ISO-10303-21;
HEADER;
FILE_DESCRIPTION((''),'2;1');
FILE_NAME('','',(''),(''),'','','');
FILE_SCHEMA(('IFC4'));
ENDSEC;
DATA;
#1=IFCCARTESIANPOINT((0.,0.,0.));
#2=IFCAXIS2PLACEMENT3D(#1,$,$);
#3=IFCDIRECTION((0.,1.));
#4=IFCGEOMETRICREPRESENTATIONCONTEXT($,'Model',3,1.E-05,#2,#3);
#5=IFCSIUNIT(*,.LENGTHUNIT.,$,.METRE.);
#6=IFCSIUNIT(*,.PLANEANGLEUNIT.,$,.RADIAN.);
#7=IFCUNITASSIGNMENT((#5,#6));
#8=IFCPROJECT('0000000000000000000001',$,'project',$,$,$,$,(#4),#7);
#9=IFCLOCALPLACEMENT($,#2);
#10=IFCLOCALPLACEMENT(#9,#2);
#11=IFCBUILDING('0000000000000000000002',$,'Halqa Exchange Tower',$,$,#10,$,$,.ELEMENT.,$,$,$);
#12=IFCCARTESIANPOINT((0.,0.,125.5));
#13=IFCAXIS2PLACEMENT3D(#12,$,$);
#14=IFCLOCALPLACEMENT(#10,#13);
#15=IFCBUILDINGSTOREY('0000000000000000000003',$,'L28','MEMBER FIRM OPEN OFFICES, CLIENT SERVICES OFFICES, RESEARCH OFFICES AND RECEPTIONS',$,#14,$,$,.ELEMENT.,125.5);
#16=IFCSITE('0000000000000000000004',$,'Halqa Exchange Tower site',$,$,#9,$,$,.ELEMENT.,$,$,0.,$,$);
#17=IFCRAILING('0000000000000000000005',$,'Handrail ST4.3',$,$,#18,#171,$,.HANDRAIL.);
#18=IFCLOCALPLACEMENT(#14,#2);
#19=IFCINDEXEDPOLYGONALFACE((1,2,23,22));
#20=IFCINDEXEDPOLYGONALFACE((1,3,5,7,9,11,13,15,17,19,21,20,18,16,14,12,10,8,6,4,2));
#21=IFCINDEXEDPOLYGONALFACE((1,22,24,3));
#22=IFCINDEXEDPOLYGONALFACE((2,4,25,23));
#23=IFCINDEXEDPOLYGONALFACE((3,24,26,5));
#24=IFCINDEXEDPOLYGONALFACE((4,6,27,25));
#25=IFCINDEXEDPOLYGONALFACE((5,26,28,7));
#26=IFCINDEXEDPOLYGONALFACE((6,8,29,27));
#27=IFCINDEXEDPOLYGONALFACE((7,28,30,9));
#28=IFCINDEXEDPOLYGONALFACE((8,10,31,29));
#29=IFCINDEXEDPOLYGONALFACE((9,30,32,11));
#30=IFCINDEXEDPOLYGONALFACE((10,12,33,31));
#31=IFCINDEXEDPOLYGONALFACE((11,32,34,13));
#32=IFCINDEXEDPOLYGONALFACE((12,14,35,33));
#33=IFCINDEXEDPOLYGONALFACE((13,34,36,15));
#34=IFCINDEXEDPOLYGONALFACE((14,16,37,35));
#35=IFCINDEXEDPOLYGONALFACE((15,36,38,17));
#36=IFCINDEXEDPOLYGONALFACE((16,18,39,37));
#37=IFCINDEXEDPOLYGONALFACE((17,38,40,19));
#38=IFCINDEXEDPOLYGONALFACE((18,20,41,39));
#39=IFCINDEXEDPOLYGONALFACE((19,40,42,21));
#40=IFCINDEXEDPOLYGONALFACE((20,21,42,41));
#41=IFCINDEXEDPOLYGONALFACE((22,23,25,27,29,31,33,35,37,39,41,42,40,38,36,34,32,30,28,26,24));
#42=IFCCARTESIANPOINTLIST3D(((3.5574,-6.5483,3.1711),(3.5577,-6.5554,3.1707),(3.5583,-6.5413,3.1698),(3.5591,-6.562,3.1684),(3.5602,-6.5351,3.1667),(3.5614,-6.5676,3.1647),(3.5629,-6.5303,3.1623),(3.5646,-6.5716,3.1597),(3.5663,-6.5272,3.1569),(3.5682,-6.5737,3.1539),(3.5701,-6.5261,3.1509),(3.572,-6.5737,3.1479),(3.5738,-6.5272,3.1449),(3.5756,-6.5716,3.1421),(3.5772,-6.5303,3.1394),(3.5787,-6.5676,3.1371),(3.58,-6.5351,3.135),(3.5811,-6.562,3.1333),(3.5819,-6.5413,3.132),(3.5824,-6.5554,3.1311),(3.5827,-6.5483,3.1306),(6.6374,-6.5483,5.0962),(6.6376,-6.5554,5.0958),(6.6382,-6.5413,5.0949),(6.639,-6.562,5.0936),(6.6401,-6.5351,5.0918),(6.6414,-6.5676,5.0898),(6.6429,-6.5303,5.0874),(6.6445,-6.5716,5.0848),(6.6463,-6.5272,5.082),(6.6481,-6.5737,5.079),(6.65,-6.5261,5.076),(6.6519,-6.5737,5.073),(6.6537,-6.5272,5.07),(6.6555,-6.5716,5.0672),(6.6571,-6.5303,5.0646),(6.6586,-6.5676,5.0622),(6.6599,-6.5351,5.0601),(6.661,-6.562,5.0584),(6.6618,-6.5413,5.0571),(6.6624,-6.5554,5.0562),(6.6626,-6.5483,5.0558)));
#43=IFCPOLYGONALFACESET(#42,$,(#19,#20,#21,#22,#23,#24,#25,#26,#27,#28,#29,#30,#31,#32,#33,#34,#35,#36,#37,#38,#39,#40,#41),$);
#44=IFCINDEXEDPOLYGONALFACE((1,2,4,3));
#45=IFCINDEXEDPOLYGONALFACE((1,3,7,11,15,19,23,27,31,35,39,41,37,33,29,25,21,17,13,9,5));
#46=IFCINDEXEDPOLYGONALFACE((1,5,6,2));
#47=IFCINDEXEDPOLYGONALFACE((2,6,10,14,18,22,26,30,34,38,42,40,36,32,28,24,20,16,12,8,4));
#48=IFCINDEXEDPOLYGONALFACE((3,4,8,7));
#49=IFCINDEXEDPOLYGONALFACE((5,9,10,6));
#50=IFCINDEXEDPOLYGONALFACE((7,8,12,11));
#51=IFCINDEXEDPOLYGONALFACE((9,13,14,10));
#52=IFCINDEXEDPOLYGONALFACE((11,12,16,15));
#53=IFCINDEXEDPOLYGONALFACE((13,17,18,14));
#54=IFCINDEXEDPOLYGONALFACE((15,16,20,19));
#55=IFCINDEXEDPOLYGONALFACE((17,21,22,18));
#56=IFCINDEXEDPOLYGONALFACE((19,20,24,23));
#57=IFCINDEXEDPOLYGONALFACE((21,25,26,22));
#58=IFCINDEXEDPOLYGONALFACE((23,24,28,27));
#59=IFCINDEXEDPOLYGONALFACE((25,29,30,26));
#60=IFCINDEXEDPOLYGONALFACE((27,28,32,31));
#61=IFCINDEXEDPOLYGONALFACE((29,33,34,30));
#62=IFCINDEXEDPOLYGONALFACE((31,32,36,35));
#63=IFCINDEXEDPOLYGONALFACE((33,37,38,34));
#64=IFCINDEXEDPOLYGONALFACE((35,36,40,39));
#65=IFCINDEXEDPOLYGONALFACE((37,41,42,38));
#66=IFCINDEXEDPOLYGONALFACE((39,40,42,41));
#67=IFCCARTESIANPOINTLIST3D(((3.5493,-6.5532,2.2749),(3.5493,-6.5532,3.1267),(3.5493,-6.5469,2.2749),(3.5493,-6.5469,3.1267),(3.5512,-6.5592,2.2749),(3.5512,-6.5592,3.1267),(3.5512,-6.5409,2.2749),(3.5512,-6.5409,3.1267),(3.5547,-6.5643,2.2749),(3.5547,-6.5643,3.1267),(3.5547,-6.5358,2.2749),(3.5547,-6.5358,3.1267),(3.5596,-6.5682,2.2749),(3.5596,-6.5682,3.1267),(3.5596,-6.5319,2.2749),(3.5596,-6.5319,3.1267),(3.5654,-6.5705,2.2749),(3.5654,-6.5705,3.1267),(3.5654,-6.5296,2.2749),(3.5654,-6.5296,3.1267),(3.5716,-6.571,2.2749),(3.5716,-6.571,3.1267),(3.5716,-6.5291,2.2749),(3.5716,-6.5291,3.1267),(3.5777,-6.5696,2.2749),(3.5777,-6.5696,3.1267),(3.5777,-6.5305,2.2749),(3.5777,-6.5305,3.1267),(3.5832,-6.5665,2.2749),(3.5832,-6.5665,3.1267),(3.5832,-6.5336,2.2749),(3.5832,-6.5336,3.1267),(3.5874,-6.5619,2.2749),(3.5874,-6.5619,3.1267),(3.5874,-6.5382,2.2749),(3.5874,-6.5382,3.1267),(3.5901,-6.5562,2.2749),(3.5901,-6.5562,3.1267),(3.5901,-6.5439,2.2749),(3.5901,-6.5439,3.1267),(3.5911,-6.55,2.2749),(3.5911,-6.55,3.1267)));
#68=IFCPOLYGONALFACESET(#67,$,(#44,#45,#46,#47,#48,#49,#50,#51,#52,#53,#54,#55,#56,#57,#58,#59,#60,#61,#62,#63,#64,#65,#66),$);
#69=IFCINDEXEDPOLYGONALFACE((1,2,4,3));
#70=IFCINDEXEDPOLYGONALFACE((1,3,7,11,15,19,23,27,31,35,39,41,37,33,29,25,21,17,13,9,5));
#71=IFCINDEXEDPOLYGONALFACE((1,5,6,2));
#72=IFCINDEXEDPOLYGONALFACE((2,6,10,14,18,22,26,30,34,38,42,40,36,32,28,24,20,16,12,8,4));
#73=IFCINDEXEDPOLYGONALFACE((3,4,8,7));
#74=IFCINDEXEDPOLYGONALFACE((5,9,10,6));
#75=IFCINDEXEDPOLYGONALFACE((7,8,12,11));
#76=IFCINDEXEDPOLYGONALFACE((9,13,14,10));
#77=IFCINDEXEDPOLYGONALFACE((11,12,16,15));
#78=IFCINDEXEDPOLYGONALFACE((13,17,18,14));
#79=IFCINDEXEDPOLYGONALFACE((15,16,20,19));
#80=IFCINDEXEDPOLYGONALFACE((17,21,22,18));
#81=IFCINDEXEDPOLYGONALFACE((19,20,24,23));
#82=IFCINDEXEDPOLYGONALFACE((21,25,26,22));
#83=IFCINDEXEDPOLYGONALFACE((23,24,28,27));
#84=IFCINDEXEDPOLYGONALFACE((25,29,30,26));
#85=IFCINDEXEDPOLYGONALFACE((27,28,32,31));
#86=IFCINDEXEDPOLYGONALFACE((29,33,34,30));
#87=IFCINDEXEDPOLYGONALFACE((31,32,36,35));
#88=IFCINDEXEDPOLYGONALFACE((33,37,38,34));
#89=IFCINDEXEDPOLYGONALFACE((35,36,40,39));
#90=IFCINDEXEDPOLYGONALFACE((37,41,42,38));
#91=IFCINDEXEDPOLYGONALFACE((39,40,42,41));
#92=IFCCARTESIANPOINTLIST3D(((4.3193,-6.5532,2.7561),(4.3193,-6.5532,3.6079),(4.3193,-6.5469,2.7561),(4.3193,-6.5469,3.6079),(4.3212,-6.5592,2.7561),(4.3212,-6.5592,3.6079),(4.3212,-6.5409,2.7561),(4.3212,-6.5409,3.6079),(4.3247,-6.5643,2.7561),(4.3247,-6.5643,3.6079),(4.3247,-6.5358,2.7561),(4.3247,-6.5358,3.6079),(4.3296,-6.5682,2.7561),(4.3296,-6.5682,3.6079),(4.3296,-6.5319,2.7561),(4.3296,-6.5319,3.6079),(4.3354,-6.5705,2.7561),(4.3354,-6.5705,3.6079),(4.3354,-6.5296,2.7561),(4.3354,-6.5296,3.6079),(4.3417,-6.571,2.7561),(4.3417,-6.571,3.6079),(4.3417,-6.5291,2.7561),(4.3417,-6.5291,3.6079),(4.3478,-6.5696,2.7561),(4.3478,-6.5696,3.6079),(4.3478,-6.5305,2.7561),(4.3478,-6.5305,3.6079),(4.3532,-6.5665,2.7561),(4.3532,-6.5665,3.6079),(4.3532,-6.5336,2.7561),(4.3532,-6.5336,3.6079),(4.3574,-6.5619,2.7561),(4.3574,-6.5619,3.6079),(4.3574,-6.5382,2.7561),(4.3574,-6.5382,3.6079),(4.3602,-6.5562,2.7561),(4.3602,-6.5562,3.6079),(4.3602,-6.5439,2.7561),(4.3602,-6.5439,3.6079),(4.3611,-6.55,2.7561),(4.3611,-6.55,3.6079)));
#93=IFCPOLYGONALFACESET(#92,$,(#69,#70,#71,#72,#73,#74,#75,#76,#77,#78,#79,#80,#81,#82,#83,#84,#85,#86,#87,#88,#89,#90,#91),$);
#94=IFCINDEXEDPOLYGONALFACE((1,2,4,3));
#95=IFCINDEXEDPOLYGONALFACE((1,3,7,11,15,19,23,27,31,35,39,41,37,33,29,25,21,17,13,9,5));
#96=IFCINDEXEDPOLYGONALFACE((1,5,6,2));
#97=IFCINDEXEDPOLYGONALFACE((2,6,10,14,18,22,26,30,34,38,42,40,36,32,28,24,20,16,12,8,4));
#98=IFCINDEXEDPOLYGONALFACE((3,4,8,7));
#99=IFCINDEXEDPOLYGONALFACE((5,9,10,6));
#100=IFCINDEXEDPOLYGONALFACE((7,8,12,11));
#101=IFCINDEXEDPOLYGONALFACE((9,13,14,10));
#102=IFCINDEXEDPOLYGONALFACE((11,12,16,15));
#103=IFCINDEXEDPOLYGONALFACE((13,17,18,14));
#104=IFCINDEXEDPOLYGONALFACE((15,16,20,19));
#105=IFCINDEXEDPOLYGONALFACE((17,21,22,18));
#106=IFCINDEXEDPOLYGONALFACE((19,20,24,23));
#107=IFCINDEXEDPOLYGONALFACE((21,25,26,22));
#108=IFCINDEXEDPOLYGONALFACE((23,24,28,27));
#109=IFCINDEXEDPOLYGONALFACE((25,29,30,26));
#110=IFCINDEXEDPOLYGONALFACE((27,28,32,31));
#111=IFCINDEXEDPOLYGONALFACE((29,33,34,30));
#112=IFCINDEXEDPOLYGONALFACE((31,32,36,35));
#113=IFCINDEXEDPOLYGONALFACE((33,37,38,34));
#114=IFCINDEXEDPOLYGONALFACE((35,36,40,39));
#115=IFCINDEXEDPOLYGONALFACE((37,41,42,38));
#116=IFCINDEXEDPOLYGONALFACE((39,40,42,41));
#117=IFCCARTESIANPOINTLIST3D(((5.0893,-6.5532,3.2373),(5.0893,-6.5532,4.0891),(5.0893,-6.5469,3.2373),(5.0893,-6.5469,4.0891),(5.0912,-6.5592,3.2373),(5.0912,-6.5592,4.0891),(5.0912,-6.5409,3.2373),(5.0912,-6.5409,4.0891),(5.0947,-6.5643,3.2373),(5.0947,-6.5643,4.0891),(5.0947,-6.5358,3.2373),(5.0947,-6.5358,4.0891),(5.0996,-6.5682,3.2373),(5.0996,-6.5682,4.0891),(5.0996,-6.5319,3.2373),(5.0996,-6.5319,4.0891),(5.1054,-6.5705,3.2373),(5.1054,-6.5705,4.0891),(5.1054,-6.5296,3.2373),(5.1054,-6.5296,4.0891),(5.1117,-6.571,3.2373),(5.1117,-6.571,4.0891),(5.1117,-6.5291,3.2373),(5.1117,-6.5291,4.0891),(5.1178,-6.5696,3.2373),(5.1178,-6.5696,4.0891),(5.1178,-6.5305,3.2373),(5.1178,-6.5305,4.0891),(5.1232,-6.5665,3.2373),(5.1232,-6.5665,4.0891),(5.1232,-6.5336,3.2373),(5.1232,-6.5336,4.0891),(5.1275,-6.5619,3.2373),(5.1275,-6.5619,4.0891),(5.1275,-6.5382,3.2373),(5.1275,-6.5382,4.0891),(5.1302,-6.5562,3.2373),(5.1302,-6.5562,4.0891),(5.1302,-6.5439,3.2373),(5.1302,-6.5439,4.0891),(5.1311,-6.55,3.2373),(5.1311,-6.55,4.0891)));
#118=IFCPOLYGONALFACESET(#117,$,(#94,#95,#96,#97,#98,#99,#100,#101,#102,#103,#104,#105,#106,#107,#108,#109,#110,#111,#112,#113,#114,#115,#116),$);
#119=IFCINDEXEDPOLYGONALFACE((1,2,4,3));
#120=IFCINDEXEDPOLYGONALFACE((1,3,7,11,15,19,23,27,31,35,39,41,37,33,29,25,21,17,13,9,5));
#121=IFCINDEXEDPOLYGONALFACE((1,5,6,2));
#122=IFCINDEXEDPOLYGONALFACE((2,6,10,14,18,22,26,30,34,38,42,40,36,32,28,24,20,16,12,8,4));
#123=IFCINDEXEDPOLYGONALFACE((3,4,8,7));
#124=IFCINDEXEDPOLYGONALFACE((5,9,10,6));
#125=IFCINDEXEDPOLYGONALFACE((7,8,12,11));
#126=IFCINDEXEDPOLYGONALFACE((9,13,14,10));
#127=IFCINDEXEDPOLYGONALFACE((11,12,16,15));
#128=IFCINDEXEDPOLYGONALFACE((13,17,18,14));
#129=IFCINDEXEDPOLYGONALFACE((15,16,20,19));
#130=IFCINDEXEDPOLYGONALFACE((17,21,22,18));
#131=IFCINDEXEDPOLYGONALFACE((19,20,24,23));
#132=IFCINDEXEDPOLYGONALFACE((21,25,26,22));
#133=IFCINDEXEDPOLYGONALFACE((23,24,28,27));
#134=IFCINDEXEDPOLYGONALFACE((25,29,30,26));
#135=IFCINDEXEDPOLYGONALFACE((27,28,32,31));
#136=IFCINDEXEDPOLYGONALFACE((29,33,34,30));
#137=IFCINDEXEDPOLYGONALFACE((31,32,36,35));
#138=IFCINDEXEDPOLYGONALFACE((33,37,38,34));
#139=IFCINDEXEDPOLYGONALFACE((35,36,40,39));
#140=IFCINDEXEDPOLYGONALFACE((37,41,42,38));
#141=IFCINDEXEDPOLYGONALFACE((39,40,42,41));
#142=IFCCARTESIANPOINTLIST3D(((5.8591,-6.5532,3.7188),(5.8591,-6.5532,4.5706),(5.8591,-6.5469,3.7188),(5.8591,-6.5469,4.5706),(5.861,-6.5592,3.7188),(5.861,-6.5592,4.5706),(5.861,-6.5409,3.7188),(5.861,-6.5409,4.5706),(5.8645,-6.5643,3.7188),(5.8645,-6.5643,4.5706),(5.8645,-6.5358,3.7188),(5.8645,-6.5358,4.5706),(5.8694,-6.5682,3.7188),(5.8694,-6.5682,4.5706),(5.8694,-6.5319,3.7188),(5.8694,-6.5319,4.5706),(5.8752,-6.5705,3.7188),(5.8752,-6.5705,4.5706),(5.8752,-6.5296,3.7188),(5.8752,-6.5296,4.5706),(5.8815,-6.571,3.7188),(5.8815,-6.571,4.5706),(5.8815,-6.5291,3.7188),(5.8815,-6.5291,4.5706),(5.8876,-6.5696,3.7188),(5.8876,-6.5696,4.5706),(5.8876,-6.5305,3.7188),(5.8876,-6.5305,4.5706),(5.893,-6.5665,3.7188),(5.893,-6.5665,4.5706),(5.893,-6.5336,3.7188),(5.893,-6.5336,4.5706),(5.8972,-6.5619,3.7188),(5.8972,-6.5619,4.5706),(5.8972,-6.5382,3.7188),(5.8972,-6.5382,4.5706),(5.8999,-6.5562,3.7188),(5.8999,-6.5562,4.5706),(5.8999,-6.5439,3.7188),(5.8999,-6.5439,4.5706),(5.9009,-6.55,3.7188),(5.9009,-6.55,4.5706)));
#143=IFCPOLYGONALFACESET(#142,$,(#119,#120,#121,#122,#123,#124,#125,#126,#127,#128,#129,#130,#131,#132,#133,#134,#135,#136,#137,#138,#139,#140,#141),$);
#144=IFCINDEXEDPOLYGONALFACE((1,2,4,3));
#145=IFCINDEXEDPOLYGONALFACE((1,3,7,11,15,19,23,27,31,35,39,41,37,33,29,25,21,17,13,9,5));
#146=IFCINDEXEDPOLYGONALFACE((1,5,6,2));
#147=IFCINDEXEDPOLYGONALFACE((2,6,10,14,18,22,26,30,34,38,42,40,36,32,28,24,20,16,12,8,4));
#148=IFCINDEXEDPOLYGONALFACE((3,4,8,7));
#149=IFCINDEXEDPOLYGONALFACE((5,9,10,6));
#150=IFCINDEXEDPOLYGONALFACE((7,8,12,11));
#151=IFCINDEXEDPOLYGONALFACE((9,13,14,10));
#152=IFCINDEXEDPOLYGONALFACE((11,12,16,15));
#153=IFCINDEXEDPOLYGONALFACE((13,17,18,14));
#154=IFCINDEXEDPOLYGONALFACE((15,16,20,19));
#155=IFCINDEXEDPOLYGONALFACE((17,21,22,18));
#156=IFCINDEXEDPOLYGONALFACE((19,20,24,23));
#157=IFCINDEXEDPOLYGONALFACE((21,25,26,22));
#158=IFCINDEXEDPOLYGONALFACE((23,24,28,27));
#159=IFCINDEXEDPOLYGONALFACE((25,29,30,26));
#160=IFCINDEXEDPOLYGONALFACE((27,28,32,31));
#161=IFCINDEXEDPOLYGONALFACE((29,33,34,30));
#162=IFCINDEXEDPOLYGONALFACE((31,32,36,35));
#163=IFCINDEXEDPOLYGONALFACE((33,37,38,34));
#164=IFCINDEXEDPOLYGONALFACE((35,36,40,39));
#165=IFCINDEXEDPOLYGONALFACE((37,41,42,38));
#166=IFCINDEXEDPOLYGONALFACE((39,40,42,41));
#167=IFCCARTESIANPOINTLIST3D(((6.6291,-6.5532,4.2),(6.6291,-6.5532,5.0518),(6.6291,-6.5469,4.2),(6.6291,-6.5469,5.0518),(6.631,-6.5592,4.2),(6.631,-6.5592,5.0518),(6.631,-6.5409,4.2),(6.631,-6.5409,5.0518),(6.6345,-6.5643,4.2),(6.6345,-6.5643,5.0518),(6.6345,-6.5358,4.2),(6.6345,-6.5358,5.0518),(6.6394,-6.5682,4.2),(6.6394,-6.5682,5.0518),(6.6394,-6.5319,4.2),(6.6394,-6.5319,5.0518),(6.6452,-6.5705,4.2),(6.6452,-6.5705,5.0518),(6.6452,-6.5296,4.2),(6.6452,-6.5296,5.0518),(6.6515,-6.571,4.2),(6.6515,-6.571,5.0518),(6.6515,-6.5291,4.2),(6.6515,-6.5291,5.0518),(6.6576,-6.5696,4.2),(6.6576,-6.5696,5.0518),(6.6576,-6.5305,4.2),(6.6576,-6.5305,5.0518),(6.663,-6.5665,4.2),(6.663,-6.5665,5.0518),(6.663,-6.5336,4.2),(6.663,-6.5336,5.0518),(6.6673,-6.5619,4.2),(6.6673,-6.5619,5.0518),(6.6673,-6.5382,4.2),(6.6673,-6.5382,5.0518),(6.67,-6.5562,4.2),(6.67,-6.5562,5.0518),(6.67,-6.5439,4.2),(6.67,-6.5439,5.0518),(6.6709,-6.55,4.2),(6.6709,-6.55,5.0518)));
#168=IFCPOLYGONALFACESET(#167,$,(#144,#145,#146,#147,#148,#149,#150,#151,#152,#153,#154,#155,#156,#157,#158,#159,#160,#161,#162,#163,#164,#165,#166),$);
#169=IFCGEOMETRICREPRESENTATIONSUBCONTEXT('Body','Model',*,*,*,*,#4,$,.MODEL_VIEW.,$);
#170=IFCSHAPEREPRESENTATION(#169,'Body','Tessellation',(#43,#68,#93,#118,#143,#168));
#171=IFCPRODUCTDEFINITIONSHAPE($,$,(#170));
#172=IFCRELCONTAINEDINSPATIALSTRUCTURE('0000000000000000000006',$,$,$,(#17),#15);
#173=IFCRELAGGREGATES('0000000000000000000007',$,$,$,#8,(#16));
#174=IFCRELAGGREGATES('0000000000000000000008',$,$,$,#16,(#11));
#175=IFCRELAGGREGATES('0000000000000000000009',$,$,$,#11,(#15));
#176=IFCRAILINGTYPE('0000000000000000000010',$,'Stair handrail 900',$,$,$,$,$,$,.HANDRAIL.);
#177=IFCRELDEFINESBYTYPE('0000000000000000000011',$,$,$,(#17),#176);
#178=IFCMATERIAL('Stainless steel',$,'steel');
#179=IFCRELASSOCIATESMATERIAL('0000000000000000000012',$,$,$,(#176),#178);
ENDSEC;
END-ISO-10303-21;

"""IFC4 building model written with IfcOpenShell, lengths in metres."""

from ifc_helpers import new_model, si_unit, direction, frame, origin, origin_2d, place, context, subcontext, project, spatial, circle, extrude, material, type_object, element, save


model = new_model("IFC4")

# Units and contexts
model_context = context("Model", 3, precision=1e-05, world=origin(), true_north=direction((0.0, 1.0)))
body_context = subcontext(model_context, "Body", "Model", "MODEL_VIEW")
ifc_project = project(units=[si_unit("LENGTHUNIT", "METRE"), si_unit("PLANEANGLEUNIT", "RADIAN")], contexts=[model_context])

# Site, building, storey
site_placement = place(None, origin())
site = spatial("IfcSite", under=ifc_project, at=site_placement, Name="Halqa Exchange Tower site", CompositionType="ELEMENT", RefElevation=0.0)
building_placement = place(site_placement, origin())
building = spatial("IfcBuilding", under=site, at=building_placement, Name="Halqa Exchange Tower", CompositionType="ELEMENT")
storey_placement = place(building_placement, frame((0.0, 0.0, 125.5)))
storey = spatial("IfcBuildingStorey", under=building, at=storey_placement, Name="L28", Description="MEMBER FIRM OPEN OFFICES, CLIENT SERVICES OFFICES, RESEARCH OFFICES AND RECEPTIONS", CompositionType="ELEMENT", Elevation=125.5)

# Railing
ifc_material_1 = material(Name="Stainless steel", Category="steel")
railing_type_1 = type_object("IfcRailingType", Name="Stair handrail 900", PredefinedType="HANDRAIL", material=ifc_material_1)
railing_1_placement = place(storey_placement, frame((3.5701, -6.55, 2.2749)))
element("IfcRailing", 1, at=railing_1_placement, inside=storey, type_object=railing_type_1, Name="Handrail ST4.3", PredefinedType="HANDRAIL", context=body_context, shape_type="SweptSolid", body=[
    extrude(circle(Radius=0.0239, at=origin_2d()), frame((0.0, 0.0, 0.876), z_axis=(0.847979, 0.0, 0.530029), x_axis=(0.0, 1.0, 0.0)), (0.0, 0.0, 1.0), 3.6321),
    extrude(circle(Radius=0.021, at=origin_2d()), origin(), (0.0, 0.0, 1.0), 0.8518),
    extrude(circle(Radius=0.021, at=origin_2d()), frame((0.77, 0.0, 0.4812)), (0.0, 0.0, 1.0), 0.8518),
    extrude(circle(Radius=0.021, at=origin_2d()), frame((1.54, 0.0, 0.9624)), (0.0, 0.0, 1.0), 0.8518),
    extrude(circle(Radius=0.021, at=origin_2d()), frame((2.3098, 0.0, 1.4438)), (0.0, 0.0, 1.0), 0.8518),
    extrude(circle(Radius=0.021, at=origin_2d()), frame((3.0798, 0.0, 1.925)), (0.0, 0.0, 1.0), 0.8518),
])

save(model, "model.ifc")
